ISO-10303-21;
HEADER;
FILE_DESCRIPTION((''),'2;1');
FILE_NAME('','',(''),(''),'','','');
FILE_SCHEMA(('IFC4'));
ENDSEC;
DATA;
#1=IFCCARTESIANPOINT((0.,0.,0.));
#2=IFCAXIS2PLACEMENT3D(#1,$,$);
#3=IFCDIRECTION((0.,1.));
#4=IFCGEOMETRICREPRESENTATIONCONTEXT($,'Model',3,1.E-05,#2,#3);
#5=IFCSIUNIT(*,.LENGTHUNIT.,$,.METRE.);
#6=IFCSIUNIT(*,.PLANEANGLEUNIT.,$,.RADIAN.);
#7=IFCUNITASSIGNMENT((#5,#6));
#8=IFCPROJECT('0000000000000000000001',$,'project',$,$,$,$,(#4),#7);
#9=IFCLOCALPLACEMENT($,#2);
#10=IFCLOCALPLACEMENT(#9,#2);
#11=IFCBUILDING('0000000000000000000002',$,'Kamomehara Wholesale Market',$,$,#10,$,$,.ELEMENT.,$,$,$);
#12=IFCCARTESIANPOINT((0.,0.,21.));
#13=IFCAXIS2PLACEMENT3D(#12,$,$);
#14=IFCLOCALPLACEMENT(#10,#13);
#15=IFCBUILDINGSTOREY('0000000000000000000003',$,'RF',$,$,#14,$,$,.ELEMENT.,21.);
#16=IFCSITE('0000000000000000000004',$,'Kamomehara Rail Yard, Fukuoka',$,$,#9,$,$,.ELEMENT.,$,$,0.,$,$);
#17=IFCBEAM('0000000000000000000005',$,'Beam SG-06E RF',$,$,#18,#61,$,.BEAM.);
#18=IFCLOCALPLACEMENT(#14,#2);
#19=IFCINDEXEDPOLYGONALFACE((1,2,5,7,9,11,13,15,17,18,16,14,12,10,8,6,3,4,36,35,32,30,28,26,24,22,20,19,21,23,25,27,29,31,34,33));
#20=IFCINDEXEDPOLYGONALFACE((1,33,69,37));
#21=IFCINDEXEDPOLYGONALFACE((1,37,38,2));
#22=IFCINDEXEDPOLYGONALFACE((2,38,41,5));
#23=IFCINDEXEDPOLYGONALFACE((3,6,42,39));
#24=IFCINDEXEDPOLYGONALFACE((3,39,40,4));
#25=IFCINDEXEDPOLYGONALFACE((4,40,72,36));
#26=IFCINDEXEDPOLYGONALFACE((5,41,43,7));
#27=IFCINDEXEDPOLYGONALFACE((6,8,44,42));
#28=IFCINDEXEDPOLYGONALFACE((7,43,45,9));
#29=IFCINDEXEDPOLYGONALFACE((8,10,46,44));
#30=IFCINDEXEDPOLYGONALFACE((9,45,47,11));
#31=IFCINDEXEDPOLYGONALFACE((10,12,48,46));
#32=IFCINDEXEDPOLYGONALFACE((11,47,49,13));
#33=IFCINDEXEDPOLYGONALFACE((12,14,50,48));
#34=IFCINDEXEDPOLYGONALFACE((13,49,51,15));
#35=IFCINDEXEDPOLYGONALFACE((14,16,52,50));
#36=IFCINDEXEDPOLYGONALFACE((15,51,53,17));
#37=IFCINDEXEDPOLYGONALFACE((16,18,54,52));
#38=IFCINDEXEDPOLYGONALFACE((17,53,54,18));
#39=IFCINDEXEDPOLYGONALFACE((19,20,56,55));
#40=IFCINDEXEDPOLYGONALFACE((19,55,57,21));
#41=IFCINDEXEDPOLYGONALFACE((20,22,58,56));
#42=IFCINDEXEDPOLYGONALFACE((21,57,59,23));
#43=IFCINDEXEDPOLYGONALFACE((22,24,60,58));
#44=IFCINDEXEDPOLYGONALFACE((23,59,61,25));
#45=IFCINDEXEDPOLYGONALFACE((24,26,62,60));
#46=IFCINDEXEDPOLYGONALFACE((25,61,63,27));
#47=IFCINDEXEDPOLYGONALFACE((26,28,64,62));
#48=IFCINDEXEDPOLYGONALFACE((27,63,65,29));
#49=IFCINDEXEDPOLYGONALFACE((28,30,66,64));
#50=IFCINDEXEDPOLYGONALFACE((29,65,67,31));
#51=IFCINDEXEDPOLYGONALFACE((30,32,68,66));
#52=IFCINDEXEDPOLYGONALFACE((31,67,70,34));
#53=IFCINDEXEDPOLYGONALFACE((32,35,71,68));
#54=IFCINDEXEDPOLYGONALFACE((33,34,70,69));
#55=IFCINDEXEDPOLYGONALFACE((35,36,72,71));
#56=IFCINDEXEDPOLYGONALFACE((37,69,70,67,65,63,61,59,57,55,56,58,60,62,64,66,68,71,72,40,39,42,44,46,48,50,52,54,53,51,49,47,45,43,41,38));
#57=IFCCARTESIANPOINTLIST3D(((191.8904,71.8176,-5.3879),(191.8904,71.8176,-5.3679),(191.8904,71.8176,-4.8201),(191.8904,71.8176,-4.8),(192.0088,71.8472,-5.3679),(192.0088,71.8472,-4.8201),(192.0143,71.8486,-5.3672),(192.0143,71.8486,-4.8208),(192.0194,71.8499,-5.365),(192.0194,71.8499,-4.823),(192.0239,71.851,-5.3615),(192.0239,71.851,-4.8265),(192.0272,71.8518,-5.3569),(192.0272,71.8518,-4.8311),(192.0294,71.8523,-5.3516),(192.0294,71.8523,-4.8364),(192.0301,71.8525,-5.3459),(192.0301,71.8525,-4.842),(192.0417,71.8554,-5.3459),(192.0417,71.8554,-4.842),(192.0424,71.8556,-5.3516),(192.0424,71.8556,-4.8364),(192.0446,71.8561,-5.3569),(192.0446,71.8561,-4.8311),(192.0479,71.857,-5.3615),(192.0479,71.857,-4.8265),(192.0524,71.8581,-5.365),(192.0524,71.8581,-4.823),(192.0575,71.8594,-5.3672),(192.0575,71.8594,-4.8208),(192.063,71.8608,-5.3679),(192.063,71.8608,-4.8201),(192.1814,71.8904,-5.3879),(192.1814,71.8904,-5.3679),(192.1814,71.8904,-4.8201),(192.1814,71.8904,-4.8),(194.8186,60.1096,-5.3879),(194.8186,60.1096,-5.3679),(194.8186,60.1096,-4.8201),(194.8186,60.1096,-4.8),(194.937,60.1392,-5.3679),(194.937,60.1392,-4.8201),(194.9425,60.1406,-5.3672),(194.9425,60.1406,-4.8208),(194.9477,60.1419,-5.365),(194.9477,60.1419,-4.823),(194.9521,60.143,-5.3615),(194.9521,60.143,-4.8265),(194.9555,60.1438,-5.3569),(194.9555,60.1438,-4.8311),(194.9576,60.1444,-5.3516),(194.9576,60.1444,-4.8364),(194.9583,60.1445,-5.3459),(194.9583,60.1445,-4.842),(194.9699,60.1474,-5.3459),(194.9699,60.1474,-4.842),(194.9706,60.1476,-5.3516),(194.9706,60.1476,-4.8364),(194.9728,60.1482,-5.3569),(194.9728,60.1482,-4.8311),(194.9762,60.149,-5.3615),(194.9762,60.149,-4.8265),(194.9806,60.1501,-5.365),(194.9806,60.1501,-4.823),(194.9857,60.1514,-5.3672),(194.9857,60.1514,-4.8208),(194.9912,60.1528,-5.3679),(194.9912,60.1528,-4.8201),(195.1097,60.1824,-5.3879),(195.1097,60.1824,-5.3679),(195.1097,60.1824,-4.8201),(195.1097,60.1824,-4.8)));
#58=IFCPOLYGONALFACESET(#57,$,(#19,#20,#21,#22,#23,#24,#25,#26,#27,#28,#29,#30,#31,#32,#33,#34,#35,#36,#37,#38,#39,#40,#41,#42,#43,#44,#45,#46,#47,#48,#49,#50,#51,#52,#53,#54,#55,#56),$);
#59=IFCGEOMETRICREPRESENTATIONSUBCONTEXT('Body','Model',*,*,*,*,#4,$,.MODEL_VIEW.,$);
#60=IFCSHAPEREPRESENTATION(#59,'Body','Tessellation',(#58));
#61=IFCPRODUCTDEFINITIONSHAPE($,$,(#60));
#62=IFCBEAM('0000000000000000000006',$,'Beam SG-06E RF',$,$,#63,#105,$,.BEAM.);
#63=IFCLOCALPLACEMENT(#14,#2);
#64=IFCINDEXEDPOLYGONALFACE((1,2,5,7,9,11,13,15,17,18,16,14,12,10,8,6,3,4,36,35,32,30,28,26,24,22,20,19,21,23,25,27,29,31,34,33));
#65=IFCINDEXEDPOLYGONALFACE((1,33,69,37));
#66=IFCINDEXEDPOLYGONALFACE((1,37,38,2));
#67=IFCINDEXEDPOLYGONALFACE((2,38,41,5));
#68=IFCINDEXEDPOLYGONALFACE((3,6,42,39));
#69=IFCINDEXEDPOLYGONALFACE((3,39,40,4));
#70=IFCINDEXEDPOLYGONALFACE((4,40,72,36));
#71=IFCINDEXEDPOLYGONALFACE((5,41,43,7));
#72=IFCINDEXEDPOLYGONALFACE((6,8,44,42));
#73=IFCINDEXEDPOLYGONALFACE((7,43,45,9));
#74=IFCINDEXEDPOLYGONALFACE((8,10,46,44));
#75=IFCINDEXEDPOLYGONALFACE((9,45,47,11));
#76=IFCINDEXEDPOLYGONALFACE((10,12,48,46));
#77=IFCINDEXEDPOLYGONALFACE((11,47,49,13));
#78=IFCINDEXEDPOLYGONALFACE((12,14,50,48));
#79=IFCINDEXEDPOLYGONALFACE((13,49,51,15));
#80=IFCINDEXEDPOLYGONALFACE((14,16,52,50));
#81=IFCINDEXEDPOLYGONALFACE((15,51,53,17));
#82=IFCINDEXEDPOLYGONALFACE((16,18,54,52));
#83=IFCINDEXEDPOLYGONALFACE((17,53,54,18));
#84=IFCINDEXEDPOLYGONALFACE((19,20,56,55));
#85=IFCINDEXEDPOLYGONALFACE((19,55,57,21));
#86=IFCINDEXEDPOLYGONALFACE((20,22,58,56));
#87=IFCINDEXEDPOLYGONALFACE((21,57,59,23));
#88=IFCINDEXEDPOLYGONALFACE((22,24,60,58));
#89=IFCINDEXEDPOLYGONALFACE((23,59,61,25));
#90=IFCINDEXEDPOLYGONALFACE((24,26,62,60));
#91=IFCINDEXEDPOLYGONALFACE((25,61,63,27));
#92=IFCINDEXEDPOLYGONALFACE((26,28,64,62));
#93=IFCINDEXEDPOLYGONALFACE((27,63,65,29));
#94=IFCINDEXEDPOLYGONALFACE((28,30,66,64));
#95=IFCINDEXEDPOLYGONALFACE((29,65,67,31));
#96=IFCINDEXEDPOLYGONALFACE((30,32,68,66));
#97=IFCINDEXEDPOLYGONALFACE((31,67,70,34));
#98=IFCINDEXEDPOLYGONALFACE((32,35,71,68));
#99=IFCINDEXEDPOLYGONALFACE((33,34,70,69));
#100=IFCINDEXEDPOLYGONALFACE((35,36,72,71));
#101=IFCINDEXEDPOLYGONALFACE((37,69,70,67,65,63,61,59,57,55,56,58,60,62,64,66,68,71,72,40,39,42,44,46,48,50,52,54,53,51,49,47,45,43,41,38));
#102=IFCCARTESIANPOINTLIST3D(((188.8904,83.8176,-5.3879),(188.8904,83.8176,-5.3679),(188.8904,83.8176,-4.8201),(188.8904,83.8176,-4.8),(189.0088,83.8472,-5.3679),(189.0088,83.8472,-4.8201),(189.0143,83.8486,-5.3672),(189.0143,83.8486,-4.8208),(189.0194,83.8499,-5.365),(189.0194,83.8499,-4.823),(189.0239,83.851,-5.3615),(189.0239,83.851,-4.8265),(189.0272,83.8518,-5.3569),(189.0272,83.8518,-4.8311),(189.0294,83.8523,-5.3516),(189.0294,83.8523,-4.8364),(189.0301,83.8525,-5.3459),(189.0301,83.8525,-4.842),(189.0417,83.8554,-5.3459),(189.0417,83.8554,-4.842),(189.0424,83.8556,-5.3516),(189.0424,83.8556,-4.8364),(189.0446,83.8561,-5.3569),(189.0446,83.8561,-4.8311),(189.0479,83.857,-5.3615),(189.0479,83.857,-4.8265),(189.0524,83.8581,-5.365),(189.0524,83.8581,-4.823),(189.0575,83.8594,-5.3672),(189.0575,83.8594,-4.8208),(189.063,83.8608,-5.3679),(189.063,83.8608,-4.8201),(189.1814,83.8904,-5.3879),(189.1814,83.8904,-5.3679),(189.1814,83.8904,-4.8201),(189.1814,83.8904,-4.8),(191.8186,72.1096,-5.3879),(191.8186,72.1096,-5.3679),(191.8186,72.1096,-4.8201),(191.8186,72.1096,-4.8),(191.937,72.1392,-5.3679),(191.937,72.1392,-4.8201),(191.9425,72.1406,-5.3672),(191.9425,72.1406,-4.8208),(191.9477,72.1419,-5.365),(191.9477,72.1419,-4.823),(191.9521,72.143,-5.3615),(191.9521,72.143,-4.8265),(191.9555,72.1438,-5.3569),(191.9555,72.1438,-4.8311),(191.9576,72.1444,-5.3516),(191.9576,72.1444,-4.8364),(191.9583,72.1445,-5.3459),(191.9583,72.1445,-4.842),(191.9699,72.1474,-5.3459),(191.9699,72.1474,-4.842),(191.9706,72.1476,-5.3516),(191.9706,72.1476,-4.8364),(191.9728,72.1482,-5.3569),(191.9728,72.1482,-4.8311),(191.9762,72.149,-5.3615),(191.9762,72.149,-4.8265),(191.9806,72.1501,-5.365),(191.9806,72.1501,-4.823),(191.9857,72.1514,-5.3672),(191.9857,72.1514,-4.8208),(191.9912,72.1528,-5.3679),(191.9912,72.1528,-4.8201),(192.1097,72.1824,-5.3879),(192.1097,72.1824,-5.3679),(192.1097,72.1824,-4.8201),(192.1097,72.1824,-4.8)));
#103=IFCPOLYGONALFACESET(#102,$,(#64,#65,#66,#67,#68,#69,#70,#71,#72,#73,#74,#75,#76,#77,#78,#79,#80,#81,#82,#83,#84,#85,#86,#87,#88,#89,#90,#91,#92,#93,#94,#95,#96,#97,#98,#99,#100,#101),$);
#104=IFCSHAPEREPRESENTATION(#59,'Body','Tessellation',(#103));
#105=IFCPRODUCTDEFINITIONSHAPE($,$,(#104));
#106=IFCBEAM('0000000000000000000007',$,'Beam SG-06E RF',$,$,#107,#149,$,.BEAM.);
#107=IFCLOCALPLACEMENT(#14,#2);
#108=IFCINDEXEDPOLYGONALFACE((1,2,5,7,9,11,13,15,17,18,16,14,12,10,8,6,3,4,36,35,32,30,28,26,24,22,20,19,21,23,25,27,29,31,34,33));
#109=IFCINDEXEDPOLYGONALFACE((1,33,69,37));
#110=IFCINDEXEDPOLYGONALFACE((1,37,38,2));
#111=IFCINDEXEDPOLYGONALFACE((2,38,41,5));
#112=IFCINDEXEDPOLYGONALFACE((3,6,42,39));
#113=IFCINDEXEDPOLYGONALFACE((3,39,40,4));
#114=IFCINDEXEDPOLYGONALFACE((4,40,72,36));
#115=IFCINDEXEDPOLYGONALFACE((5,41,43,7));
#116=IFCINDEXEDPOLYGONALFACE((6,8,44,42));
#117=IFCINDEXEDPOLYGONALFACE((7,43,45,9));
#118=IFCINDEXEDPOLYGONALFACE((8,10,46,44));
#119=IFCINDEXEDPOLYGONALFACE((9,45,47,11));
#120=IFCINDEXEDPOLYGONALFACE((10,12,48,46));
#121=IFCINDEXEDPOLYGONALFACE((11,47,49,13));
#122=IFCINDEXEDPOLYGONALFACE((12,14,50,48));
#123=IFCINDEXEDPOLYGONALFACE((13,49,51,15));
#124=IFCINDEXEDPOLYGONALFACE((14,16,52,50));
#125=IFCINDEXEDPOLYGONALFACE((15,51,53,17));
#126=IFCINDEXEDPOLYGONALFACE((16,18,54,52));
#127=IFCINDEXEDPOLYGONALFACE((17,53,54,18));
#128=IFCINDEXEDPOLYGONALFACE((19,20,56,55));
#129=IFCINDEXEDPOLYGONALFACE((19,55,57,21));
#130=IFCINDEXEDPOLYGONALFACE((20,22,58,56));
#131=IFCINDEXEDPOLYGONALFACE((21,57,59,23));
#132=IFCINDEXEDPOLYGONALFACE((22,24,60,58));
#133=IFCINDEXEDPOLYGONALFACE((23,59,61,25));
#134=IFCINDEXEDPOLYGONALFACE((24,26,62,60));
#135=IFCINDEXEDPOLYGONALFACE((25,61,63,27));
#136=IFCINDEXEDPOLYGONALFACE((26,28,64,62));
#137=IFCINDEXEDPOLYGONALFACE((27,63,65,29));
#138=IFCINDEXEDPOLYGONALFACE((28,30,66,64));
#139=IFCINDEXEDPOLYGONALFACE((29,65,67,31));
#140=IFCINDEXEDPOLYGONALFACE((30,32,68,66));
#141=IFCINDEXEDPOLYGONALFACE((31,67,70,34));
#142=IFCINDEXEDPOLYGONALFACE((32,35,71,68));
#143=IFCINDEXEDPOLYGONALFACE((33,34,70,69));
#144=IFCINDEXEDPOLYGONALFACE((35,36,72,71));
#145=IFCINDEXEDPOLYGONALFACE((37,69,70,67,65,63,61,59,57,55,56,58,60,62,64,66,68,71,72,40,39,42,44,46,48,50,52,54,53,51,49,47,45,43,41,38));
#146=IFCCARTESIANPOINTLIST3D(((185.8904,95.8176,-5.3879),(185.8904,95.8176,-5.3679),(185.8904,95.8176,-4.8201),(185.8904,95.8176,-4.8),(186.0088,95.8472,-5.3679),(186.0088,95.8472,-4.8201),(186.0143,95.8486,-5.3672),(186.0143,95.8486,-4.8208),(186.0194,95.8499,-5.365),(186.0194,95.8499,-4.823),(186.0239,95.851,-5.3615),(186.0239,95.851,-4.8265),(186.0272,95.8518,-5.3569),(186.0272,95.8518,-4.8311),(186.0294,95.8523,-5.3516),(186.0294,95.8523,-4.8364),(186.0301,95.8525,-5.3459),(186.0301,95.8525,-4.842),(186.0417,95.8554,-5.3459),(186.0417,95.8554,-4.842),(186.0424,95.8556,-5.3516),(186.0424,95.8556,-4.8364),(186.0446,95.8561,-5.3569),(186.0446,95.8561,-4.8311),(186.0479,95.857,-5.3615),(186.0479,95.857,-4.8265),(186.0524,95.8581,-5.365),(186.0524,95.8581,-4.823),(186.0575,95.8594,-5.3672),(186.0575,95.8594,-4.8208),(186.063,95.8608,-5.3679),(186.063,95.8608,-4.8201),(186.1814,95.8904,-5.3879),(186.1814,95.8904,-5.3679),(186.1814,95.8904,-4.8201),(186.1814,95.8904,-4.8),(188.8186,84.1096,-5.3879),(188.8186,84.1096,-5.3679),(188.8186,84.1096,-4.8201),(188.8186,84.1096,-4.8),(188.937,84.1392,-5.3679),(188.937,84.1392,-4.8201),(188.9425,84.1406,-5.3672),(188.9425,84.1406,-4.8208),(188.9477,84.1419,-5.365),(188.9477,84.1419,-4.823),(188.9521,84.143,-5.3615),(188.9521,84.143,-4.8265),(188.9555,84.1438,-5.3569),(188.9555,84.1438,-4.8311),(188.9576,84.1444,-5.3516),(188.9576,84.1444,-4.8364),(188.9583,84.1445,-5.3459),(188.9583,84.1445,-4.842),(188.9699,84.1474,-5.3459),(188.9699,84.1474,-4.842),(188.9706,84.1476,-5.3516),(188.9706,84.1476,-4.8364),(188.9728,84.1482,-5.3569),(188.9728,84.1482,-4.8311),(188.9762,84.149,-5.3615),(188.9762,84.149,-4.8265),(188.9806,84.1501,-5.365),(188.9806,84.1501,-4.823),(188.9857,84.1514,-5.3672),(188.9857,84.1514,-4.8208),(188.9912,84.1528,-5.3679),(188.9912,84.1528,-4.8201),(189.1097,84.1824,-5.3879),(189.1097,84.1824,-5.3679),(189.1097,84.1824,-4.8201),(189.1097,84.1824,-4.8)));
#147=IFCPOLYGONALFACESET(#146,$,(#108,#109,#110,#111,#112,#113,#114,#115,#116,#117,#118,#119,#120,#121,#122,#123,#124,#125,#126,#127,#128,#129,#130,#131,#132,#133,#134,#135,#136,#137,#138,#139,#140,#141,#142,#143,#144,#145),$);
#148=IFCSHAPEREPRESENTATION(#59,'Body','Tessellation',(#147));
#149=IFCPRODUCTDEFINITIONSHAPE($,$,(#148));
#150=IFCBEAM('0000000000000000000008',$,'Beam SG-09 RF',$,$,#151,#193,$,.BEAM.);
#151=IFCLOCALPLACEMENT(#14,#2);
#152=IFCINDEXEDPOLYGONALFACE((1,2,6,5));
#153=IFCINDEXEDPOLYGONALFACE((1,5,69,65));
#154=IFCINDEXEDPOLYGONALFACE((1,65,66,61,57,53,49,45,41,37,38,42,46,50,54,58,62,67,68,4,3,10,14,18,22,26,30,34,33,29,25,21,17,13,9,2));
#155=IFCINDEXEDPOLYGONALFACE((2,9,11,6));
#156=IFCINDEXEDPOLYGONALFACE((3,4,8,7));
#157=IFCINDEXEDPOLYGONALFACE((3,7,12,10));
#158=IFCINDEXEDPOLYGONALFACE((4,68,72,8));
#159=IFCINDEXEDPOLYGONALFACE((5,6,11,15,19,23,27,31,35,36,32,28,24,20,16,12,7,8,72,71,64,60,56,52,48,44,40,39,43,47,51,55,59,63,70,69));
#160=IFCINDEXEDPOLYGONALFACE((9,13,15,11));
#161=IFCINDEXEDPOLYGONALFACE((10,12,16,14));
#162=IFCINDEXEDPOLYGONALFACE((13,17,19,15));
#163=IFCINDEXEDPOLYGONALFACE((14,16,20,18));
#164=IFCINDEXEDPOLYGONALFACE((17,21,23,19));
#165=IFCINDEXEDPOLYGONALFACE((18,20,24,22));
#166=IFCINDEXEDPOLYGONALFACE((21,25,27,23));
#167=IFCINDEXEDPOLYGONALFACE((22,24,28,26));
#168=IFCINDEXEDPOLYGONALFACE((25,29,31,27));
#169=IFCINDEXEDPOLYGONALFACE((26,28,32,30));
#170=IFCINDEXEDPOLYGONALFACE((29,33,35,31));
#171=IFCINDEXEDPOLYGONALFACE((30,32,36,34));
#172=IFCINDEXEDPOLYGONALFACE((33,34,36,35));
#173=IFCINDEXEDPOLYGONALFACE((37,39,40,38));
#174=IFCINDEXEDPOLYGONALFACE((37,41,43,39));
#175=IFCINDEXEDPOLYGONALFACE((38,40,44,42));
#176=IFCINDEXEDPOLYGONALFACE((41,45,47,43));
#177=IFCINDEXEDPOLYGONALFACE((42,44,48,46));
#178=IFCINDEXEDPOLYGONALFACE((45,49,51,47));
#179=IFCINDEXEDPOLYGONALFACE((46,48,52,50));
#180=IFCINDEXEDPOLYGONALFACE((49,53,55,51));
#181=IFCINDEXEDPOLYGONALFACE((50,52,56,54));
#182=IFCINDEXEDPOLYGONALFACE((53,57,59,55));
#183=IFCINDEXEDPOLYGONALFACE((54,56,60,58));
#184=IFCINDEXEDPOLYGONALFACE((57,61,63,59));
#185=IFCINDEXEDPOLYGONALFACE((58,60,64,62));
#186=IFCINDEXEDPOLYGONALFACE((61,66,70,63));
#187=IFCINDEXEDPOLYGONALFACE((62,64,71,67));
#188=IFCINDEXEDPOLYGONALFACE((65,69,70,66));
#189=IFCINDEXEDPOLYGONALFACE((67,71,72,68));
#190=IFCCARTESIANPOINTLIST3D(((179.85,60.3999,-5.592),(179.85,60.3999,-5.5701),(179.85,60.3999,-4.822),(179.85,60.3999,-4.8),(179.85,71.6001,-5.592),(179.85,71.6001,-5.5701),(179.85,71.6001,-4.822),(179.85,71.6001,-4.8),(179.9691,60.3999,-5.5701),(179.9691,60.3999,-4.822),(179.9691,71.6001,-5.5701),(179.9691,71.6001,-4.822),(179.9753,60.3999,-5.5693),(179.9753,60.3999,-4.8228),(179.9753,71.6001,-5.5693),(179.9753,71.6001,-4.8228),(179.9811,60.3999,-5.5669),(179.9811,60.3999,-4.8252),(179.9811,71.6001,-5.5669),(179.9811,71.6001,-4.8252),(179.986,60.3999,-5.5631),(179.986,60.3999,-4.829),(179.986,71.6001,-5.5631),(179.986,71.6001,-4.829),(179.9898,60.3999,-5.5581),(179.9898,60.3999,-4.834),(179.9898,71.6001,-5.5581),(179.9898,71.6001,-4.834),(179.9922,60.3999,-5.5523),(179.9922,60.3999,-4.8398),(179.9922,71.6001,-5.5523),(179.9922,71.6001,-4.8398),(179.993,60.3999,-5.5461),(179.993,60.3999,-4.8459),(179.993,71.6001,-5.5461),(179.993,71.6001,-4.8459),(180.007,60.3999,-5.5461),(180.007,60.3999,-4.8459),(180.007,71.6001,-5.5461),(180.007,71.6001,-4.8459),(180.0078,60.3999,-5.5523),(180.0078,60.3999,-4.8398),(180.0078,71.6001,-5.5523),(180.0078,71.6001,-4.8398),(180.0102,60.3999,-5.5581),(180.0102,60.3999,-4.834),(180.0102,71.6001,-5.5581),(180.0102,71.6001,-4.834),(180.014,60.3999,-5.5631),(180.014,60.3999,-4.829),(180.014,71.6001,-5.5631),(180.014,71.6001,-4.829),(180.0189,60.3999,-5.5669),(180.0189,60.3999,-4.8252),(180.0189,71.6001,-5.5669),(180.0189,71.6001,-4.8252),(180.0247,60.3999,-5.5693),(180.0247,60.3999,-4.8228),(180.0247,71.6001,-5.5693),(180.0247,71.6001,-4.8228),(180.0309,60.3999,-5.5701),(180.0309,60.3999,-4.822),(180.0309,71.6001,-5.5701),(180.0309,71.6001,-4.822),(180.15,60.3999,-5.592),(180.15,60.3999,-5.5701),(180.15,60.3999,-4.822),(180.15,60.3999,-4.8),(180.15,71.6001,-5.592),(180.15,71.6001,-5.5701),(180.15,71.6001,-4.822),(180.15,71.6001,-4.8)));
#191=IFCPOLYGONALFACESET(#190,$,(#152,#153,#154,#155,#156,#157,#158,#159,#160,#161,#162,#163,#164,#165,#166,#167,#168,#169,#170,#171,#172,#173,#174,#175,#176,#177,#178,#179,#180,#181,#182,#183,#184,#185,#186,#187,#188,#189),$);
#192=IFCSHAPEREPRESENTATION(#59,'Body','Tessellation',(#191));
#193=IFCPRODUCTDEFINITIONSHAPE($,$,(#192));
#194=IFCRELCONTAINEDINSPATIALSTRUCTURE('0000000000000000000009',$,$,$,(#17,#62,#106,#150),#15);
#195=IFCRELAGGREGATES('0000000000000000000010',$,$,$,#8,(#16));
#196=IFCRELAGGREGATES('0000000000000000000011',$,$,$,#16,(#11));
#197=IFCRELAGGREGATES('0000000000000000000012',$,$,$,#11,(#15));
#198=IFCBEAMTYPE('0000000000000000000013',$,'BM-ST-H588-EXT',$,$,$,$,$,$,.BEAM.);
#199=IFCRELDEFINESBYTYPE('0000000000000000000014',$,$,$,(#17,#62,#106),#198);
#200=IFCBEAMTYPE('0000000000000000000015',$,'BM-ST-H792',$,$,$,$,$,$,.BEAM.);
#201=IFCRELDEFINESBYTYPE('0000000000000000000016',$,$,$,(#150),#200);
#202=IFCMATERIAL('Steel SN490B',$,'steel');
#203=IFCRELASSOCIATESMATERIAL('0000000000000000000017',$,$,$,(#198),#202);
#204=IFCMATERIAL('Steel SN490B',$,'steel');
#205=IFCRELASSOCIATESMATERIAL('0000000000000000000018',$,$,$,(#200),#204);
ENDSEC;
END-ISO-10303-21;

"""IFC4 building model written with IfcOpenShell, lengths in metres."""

from ifc_helpers import new_model, si_unit, direction, frame, origin, origin_2d, place, context, subcontext, project, spatial, i_section, extrude, material, material_profile, profile_set, type_object, element, save


model = new_model("IFC4")

# Units and contexts
model_context = context("Model", 3, precision=1e-05, world=origin(), true_north=direction((0.0, 1.0)))
body_context = subcontext(model_context, "Body", "Model", "MODEL_VIEW")
ifc_project = project(units=[si_unit("LENGTHUNIT", "METRE"), si_unit("PLANEANGLEUNIT", "RADIAN")], contexts=[model_context])

# Site, building, storey
site_placement = place(None, origin())
site = spatial("IfcSite", under=ifc_project, at=site_placement, Name="Kamomehara Rail Yard, Fukuoka", CompositionType="ELEMENT", RefElevation=0.0)
building_placement = place(site_placement, origin())
building = spatial("IfcBuilding", under=site, at=building_placement, Name="Kamomehara Wholesale Market", CompositionType="ELEMENT")
storey_placement = place(building_placement, frame((0.0, 0.0, 21.0)))
storey = spatial("IfcBuildingStorey", under=building, at=storey_placement, Name="RF", CompositionType="ELEMENT", Elevation=21.0)

# Beams
ifc_material_1 = material(Name="Steel SN490B", Category="steel")
ifc_material_profile_1 = material_profile(ifc_material_1, i_section(OverallWidth=0.3, OverallDepth=0.5879, WebThickness=0.012, FlangeThickness=0.02, FilletRadius=0.022, at=origin_2d()), Name="H-588x300x12x20")
ifc_profile_set_1 = profile_set([ifc_material_profile_1], Name="Steel SN490B")
beam_type_1 = type_object("IfcBeamType", Name="BM-ST-H588-EXT", PredefinedType="BEAM", material=ifc_profile_set_1)
for number, where, z_axis, x_axis, name in (
    (1, (194.9641, 60.146, -5.094), (-0.242631, 0.970119, 0.0), (-0.970119, -0.242631, 0.0), "Beam SG-06E RF"),
    (2, (191.9641, 72.146, -5.094), (-0.242631, 0.970119, 0.0), (-0.970119, -0.242631, 0.0), "Beam SG-06E RF"),
    (3, (188.9641, 84.146, -5.094), (-0.242631, 0.970119, 0.0), (-0.970119, -0.242631, 0.0), "Beam SG-06E RF"),
):
    element("IfcBeam", number, at=place(storey_placement, frame(where, z_axis=z_axis, x_axis=x_axis)), inside=storey, type_object=beam_type_1, Name=name, PredefinedType="BEAM", context=body_context, shape_type="SweptSolid", body=[
        extrude(i_section(OverallWidth=0.3, OverallDepth=0.5879, WebThickness=0.012, FlangeThickness=0.02, FilletRadius=0.022, at=origin_2d()), origin(), (0.0, 0.0, 1.0), 12.0686),
    ])
ifc_material_2 = material(Name="Steel SN490B", Category="steel")
ifc_material_profile_2 = material_profile(ifc_material_2, i_section(OverallWidth=0.3, OverallDepth=0.792, WebThickness=0.0139, FlangeThickness=0.022, FilletRadius=0.0239, at=origin_2d()), Name="H-792x300x14x22")
ifc_profile_set_2 = profile_set([ifc_material_profile_2], Name="Steel SN490B")
beam_type_2 = type_object("IfcBeamType", Name="BM-ST-H792", PredefinedType="BEAM", material=ifc_profile_set_2)
beam_1_placement = place(storey_placement, frame((180.0, 60.3999, -5.196), z_axis=(0.0, 1.0, 0.0), x_axis=(-1.0, 0.0, 0.0)))
element("IfcBeam", 4, at=beam_1_placement, inside=storey, type_object=beam_type_2, Name="Beam SG-09 RF", PredefinedType="BEAM", context=body_context, shape_type="SweptSolid", body=[
    extrude(i_section(OverallWidth=0.3, OverallDepth=0.792, WebThickness=0.0139, FlangeThickness=0.022, FilletRadius=0.0239, at=origin_2d()), origin(), (0.0, 0.0, 1.0), 11.2002),
])

save(model, "model.ifc")
